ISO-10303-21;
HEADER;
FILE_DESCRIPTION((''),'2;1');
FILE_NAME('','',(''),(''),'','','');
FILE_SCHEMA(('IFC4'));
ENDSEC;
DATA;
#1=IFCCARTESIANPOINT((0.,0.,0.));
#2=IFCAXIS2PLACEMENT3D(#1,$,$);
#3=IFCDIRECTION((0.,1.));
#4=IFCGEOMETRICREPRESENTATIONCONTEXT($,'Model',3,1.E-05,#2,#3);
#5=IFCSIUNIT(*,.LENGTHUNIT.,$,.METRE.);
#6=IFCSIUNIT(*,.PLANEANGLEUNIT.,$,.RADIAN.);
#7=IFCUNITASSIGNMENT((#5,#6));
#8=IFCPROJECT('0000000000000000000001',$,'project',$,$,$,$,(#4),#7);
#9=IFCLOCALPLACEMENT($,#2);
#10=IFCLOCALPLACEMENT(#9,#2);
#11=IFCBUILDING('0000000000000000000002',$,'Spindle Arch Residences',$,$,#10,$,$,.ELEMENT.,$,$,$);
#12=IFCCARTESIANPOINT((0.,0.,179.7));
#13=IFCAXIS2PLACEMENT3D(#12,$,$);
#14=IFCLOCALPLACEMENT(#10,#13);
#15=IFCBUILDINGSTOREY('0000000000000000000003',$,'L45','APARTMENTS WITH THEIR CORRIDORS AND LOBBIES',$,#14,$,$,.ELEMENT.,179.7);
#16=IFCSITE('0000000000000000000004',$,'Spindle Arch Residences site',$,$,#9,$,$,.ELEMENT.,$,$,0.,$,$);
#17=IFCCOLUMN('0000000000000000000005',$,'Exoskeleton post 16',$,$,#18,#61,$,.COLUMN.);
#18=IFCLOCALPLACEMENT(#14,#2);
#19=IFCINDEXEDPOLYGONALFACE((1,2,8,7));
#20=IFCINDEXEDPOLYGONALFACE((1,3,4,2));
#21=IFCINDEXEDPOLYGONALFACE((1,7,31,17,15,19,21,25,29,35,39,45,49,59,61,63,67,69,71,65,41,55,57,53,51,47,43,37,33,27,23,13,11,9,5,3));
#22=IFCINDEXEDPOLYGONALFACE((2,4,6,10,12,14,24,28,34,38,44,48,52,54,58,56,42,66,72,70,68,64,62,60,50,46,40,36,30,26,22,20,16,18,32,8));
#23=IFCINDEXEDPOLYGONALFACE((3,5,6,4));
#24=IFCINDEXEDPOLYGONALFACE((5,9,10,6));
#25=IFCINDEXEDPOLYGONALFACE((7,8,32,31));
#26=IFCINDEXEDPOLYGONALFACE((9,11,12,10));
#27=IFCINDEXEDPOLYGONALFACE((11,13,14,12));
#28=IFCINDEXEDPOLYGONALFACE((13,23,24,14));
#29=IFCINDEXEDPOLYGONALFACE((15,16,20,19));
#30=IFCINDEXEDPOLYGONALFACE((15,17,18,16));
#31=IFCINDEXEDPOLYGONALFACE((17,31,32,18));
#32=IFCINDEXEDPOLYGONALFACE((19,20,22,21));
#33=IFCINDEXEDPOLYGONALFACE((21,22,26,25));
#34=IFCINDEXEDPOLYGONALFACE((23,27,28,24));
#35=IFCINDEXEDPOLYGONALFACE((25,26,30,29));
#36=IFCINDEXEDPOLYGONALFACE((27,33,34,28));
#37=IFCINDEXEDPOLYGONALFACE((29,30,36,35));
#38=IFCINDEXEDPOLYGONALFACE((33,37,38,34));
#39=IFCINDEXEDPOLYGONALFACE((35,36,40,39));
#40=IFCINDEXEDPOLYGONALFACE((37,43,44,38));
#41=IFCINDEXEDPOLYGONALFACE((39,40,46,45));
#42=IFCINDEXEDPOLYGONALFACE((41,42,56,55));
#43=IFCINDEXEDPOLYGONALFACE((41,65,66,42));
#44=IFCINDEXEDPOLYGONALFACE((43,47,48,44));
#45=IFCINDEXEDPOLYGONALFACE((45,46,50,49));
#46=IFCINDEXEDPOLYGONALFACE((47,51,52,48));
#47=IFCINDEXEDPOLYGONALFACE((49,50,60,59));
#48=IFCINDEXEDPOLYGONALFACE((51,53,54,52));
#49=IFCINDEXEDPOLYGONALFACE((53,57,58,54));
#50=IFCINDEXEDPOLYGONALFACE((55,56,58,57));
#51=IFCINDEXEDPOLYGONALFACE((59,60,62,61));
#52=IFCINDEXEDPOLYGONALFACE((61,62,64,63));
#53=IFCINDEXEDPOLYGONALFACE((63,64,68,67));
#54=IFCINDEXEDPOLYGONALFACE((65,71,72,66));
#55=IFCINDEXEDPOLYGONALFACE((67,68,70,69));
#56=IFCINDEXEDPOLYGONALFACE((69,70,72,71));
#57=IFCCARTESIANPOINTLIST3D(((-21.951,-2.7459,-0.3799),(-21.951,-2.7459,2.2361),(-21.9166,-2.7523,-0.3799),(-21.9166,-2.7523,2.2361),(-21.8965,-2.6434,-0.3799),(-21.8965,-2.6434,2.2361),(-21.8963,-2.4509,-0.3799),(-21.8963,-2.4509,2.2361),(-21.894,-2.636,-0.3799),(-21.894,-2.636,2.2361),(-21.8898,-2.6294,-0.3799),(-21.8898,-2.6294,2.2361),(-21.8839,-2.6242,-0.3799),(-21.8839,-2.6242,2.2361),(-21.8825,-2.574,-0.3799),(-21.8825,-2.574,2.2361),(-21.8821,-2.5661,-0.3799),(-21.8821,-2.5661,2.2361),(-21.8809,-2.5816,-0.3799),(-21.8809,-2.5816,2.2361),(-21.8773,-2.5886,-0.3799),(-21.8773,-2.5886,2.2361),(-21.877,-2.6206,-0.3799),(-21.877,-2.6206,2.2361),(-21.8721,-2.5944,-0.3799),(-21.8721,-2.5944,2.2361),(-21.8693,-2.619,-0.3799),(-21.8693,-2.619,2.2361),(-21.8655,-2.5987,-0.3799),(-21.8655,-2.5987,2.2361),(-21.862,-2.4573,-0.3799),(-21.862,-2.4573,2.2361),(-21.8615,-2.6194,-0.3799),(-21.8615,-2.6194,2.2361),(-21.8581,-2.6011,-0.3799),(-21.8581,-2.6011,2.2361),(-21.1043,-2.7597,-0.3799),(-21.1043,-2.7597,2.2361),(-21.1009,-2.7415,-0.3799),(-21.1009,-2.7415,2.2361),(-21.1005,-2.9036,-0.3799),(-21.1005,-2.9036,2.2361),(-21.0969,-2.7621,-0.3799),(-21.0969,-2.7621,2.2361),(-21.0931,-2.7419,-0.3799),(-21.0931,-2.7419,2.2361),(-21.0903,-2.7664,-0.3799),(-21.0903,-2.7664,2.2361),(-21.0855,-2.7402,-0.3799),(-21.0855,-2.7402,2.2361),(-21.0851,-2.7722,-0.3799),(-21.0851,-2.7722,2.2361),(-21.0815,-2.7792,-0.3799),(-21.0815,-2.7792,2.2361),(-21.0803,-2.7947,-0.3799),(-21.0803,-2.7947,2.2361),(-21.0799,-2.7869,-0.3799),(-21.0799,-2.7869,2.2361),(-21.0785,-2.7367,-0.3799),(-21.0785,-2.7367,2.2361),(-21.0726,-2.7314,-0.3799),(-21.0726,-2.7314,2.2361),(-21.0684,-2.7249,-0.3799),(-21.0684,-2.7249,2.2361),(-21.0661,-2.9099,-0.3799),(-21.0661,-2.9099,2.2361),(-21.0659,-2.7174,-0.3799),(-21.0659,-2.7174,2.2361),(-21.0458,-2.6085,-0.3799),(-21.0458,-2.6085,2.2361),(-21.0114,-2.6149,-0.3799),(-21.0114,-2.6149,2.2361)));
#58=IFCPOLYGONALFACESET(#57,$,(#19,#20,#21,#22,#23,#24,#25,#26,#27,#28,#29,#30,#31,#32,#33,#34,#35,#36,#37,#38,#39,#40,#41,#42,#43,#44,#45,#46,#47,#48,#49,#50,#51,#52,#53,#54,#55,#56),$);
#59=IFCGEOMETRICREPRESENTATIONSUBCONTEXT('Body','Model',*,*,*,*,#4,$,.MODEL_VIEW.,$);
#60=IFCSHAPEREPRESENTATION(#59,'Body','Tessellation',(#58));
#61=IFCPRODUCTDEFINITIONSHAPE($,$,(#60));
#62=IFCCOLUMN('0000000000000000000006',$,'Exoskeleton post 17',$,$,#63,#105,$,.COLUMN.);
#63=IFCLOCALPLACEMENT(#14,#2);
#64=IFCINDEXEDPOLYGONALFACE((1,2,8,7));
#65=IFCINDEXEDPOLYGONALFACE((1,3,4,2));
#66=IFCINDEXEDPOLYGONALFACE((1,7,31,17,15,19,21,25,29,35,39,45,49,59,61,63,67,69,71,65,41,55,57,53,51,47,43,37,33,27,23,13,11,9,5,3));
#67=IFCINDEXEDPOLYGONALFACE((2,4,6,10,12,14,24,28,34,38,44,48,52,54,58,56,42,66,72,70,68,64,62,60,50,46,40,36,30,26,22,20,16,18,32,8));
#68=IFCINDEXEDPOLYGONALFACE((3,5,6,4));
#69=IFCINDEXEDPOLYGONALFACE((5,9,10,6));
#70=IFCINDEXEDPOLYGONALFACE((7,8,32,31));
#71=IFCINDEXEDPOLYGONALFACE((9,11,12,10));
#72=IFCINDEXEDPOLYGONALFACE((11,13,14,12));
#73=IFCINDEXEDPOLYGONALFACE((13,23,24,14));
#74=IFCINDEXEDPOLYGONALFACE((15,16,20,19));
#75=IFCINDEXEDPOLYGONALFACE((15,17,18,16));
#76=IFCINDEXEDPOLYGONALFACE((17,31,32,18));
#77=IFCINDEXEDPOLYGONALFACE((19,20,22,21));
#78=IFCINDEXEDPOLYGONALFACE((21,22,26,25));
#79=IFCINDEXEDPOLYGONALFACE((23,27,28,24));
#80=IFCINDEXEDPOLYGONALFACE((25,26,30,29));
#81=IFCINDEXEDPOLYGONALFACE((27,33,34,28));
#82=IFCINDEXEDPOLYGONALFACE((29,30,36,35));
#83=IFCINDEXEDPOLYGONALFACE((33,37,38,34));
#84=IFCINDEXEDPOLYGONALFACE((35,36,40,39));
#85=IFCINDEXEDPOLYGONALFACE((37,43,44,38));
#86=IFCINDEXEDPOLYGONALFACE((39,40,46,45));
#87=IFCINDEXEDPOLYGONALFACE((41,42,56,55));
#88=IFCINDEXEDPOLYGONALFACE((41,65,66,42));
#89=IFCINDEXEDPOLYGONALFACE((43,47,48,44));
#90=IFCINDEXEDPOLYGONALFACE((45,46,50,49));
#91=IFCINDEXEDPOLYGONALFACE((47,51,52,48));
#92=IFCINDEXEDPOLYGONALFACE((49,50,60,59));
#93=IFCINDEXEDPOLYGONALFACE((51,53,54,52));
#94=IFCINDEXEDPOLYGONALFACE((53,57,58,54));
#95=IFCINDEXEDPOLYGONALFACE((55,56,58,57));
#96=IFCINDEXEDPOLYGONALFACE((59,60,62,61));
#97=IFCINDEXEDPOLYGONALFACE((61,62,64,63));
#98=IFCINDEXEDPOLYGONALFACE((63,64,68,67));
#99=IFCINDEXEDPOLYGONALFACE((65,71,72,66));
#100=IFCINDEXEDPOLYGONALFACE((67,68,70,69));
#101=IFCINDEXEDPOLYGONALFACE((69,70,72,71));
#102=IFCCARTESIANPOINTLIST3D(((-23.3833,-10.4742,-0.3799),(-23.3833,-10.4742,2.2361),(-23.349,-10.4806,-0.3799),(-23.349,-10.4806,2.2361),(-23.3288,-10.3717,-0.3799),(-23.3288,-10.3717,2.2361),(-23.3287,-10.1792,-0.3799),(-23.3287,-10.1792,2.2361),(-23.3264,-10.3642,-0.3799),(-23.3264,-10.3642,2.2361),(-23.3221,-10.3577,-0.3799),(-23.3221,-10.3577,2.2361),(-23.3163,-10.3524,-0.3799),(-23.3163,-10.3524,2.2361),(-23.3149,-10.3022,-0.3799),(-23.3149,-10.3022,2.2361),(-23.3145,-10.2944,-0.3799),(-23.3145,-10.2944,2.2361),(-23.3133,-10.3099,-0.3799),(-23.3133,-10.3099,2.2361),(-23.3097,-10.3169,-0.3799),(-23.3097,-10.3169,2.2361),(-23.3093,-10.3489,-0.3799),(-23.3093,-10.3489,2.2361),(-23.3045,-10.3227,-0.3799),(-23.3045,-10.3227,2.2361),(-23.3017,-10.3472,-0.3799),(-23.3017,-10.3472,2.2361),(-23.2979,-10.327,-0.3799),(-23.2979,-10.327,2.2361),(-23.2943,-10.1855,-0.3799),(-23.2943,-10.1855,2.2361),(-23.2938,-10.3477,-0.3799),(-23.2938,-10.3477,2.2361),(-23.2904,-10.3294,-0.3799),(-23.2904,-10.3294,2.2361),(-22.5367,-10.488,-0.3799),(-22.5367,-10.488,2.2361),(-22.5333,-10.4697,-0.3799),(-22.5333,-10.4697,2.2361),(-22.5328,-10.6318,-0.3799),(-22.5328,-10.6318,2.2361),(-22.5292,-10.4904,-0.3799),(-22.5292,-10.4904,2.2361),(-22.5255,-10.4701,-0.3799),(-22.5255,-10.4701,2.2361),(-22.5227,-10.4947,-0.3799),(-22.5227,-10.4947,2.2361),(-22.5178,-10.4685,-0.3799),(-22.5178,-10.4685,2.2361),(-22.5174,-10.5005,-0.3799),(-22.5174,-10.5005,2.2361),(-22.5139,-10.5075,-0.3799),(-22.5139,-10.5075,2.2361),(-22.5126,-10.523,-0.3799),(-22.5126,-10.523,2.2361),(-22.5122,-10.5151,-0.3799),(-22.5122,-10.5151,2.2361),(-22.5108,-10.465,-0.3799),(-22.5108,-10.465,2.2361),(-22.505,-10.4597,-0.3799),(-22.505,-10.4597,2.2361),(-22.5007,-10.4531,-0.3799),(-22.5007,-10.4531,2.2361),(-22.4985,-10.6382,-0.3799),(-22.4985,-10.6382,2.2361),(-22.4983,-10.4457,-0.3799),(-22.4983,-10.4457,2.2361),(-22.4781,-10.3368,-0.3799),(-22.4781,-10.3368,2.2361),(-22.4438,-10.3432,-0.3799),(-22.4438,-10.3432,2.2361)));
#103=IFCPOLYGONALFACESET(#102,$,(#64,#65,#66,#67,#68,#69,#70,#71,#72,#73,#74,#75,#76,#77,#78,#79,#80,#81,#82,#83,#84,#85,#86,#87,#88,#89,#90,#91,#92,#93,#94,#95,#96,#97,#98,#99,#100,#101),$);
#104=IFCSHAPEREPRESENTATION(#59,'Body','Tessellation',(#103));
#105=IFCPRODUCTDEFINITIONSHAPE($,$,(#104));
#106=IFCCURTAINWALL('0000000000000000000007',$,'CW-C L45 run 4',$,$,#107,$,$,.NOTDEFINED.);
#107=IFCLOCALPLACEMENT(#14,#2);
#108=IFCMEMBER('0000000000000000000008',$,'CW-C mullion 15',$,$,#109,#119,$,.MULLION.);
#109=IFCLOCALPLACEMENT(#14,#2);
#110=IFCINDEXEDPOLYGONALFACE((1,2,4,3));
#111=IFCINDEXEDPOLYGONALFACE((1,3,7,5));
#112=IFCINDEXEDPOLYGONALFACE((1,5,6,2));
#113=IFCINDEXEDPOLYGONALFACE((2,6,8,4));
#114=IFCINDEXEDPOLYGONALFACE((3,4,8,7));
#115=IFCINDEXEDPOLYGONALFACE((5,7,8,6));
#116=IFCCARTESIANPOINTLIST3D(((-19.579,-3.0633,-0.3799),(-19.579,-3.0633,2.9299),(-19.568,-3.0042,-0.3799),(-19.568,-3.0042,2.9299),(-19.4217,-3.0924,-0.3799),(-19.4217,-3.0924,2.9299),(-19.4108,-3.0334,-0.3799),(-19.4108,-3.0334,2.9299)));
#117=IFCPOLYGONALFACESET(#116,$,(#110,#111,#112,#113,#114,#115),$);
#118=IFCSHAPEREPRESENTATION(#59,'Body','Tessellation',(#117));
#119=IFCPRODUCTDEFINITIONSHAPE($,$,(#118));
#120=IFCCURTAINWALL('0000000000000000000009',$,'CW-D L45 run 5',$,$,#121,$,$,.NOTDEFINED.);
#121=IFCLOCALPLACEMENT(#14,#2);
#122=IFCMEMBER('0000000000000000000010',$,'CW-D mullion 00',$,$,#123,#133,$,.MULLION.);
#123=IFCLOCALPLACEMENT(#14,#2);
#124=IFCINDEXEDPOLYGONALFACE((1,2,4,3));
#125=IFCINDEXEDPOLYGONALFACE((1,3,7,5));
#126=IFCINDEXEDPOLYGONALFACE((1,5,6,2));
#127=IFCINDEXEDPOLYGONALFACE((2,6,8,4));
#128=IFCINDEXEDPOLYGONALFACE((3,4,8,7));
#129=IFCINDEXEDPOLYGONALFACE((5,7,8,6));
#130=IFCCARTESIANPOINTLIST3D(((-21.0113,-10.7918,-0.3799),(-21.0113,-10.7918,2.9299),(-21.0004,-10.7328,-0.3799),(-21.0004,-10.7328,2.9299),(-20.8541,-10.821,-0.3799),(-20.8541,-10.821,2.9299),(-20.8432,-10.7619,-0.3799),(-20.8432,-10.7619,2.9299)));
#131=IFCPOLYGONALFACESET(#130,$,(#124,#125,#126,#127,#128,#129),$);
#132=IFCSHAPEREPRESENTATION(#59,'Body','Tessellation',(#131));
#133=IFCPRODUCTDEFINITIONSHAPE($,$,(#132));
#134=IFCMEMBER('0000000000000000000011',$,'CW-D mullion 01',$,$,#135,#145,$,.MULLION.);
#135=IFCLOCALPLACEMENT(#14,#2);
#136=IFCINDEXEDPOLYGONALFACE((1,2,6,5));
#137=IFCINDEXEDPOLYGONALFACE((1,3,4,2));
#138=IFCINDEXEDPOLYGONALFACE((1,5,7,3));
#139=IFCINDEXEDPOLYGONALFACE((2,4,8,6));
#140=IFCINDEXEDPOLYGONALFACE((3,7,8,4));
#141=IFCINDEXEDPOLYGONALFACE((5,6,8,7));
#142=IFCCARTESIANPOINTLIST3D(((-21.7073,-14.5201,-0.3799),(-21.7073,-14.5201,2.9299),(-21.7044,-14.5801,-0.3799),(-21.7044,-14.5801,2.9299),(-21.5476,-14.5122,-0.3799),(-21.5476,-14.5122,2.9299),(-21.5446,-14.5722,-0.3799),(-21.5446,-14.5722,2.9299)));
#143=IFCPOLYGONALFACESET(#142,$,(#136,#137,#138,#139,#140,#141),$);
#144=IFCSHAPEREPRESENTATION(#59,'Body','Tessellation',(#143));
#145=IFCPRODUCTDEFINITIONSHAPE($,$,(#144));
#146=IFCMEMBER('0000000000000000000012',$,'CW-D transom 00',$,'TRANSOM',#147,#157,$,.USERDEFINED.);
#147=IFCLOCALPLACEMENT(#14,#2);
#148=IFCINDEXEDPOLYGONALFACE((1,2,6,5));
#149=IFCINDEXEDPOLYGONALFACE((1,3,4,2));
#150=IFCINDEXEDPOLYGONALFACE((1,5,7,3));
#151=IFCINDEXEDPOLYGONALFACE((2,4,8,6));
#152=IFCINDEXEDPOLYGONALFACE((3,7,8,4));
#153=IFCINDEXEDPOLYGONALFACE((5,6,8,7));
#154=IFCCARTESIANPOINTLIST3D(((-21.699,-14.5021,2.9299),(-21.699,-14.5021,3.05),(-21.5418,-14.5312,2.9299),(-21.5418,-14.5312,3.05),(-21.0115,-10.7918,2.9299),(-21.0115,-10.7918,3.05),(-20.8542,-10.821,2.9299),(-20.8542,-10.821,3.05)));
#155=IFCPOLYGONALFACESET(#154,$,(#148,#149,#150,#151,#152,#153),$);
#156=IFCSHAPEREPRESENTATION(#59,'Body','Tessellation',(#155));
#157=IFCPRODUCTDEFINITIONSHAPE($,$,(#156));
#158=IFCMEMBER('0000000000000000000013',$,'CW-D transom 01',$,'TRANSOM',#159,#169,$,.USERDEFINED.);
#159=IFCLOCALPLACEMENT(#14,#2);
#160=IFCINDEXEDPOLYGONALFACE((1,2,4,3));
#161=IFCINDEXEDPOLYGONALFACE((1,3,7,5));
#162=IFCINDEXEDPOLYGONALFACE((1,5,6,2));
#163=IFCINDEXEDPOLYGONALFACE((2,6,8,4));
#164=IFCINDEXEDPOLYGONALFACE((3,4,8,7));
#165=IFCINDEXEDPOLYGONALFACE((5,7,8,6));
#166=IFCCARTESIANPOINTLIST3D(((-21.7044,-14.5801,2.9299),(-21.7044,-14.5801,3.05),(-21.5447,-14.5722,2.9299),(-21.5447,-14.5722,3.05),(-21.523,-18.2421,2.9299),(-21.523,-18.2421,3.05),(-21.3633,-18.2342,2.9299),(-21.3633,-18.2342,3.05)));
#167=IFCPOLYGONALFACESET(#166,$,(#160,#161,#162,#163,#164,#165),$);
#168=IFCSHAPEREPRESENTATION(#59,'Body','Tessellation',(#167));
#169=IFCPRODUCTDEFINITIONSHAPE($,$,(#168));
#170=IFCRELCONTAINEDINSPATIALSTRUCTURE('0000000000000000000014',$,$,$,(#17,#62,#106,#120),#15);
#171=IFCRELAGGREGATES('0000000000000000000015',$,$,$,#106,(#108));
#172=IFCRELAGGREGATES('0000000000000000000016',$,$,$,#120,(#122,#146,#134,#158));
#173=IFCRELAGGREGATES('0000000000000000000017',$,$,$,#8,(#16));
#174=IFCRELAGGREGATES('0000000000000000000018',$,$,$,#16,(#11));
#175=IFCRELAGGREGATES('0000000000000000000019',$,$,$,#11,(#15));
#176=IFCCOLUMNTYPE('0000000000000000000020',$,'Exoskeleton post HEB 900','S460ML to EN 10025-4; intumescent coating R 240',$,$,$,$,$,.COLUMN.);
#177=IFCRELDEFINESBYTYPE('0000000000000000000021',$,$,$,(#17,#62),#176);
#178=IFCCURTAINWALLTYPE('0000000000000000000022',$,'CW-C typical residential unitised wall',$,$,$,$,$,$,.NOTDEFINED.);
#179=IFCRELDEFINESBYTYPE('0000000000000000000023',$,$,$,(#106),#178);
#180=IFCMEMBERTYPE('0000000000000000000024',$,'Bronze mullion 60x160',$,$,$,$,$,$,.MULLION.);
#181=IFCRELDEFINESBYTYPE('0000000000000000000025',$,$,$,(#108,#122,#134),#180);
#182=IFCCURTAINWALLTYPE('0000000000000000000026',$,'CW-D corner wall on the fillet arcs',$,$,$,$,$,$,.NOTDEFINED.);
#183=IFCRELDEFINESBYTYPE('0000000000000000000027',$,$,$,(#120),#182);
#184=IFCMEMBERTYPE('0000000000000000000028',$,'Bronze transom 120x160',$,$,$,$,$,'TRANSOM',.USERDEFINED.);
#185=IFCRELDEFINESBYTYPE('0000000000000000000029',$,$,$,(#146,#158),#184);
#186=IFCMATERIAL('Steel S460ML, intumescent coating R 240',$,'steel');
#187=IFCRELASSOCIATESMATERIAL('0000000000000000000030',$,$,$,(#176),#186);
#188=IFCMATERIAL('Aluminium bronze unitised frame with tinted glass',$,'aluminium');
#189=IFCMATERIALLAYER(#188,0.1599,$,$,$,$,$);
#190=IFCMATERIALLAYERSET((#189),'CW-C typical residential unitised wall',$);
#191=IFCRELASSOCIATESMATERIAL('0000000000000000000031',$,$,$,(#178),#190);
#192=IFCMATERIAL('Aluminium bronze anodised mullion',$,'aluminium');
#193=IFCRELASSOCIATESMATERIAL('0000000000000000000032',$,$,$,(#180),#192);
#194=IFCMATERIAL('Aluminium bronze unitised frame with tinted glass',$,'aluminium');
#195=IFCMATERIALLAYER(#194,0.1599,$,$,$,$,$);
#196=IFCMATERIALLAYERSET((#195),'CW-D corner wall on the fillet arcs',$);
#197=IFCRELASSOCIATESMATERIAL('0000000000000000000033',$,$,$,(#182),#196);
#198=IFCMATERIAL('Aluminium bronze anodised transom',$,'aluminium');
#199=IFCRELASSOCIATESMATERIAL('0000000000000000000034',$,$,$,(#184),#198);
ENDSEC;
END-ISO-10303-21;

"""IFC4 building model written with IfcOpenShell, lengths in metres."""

from ifc_helpers import new_model, si_unit, direction, frame, origin, origin_2d, place, context, subcontext, project, spatial, rectangle, i_section, extrude, material, layer, layer_set, material_profile, profile_set, type_object, element, aggregate, save


model = new_model("IFC4")

# Units and contexts
model_context = context("Model", 3, precision=1e-05, world=origin(), true_north=direction((0.0, 1.0)))
body_context = subcontext(model_context, "Body", "Model", "MODEL_VIEW")
ifc_project = project(units=[si_unit("LENGTHUNIT", "METRE"), si_unit("PLANEANGLEUNIT", "RADIAN")], contexts=[model_context])

# Site, building, storey
site_placement = place(None, origin())
site = spatial("IfcSite", under=ifc_project, at=site_placement, Name="Spindle Arch Residences site", CompositionType="ELEMENT", RefElevation=0.0)
building_placement = place(site_placement, origin())
building = spatial("IfcBuilding", under=site, at=building_placement, Name="Spindle Arch Residences", CompositionType="ELEMENT")
storey_placement = place(building_placement, frame((0.0, 0.0, 179.7)))
storey = spatial("IfcBuildingStorey", under=building, at=storey_placement, Name="L45", Description="APARTMENTS WITH THEIR CORRIDORS AND LOBBIES", CompositionType="ELEMENT", Elevation=179.7)

# Columns
ifc_material_1 = material(Name="Steel S460ML, intumescent coating R 240", Category="steel")
ifc_material_profile_1 = material_profile(ifc_material_1, i_section(OverallWidth=0.3, OverallDepth=0.8999, WebThickness=0.0186, FlangeThickness=0.0349, FilletRadius=0.03, at=origin_2d()), Name="HEB 900")
ifc_profile_set_1 = profile_set([ifc_material_profile_1], Name="Steel S460ML, intumescent coating R 240")
column_type = type_object("IfcColumnType", Name="Exoskeleton post HEB 900", Description="S460ML to EN 10025-4; intumescent coating R 240", PredefinedType="COLUMN", material=ifc_profile_set_1)
for number, where, z_axis, x_axis, name in (
    (1, (-21.4812, -2.6804, -0.3799), (0.0, 0.0, 1.0), (0.182236, 0.983255, 0.0), "Exoskeleton post 16"),
    (2, (-22.9136, -10.4087, -0.3799), (0.0, 0.0, 1.0), (0.182236, 0.983255, 0.0), "Exoskeleton post 17"),
):
    element("IfcColumn", number, at=place(storey_placement, frame(where, z_axis=z_axis, x_axis=x_axis)), inside=storey, type_object=column_type, Name=name, PredefinedType="COLUMN", context=body_context, shape_type="SweptSolid", body=[
        extrude(i_section(OverallWidth=0.3, OverallDepth=0.8999, WebThickness=0.0186, FlangeThickness=0.0349, FilletRadius=0.03, at=origin_2d()), origin(), (0.0, 0.0, 1.0), 2.616),
    ])

# Curtain wall, member
ifc_material_2 = material(Name="Aluminium bronze unitised frame with tinted glass", Category="aluminium")
ifc_layer_1 = layer(ifc_material_2, 0.1599)
ifc_layer_set_1 = layer_set([ifc_layer_1], Name="CW-C typical residential unitised wall")
curtain_wall_type_1 = type_object("IfcCurtainWallType", Name="CW-C typical residential unitised wall", PredefinedType="NOTDEFINED", material=ifc_layer_set_1)
curtain_wall_1_placement = place(storey_placement, origin())
curtain_wall_1 = element("IfcCurtainWall", 3, at=curtain_wall_1_placement, inside=storey, type_object=curtain_wall_type_1, Name="CW-C L45 run 4", PredefinedType="NOTDEFINED")
ifc_material_3 = material(Name="Aluminium bronze anodised mullion", Category="aluminium")
ifc_material_profile_2 = material_profile(ifc_material_3, rectangle(XDim=0.1599, YDim=0.0601, at=origin_2d()), Name="MU 60x160")
ifc_profile_set_2 = profile_set([ifc_material_profile_2], Name="Aluminium bronze anodised mullion")
member_type_1 = type_object("IfcMemberType", Name="Bronze mullion 60x160", PredefinedType="MULLION", material=ifc_profile_set_2)
member_1_placement = place(storey_placement, frame((-19.4949, -3.0483, -0.3799), z_axis=(0.0, 0.0, 1.0), x_axis=(0.983255, -0.182236, 0.0)))
member_1 = element("IfcMember", 4, at=member_1_placement, type_object=member_type_1, Name="CW-C mullion 15", PredefinedType="MULLION", context=body_context, shape_type="SweptSolid", body=[
    extrude(rectangle(XDim=0.1599, YDim=0.0601, at=origin_2d()), origin(), (0.0, 0.0, 1.0), 3.3098),
])

# Curtain wall, members
ifc_material_4 = material(Name="Aluminium bronze unitised frame with tinted glass", Category="aluminium")
ifc_layer_2 = layer(ifc_material_4, 0.1599)
ifc_layer_set_2 = layer_set([ifc_layer_2], Name="CW-D corner wall on the fillet arcs")
curtain_wall_type_2 = type_object("IfcCurtainWallType", Name="CW-D corner wall on the fillet arcs", PredefinedType="NOTDEFINED", material=ifc_layer_set_2)
curtain_wall_2_placement = place(storey_placement, origin())
curtain_wall_2 = element("IfcCurtainWall", 5, at=curtain_wall_2_placement, inside=storey, type_object=curtain_wall_type_2, Name="CW-D L45 run 5", PredefinedType="NOTDEFINED")
member_2_placement = place(storey_placement, frame((-20.9272, -10.7769, -0.3799), z_axis=(0.0, 0.0, 1.0), x_axis=(0.983255, -0.182236, 0.0)))
member_2 = element("IfcMember", 6, at=member_2_placement, type_object=member_type_1, Name="CW-D mullion 00", PredefinedType="MULLION", context=body_context, shape_type="SweptSolid", body=[
    extrude(rectangle(XDim=0.1599, YDim=0.0601, at=origin_2d()), origin(), (0.0, 0.0, 1.0), 3.3098),
])
member_3_placement = place(storey_placement, frame((-21.626, -14.5461, -0.3799), z_axis=(0.0, 0.0, 1.0), x_axis=(0.998778, 0.049431, 0.0)))
member_3 = element("IfcMember", 7, at=member_3_placement, type_object=member_type_1, Name="CW-D mullion 01", PredefinedType="MULLION", context=body_context, shape_type="SweptSolid", body=[
    extrude(rectangle(XDim=0.1599, YDim=0.0601, at=origin_2d()), origin(), (0.0, 0.0, 1.0), 3.3098),
])
ifc_material_5 = material(Name="Aluminium bronze anodised transom", Category="aluminium")
ifc_material_profile_3 = material_profile(ifc_material_5, rectangle(XDim=0.1599, YDim=0.1201, at=origin_2d()), Name="TR 120x160")
ifc_profile_set_3 = profile_set([ifc_material_profile_3], Name="Aluminium bronze anodised transom")
member_type_2 = type_object("IfcMemberType", Name="Bronze transom 120x160", ElementType="TRANSOM", PredefinedType="USERDEFINED", material=ifc_profile_set_3)
member_4_placement = place(storey_placement, frame((-20.9329, -10.8064, 2.99), z_axis=(-0.182198, -0.983262, 0.0), x_axis=(0.983262, -0.182198, 0.0)))
member_4 = element("IfcMember", 8, at=member_4_placement, type_object=member_type_2, Name="CW-D transom 00", ObjectType="TRANSOM", PredefinedType="USERDEFINED", context=body_context, shape_type="SweptSolid", body=[
    extrude(rectangle(XDim=0.1599, YDim=0.1201, at=origin_2d()), origin(), (0.0, 0.0, 1.0), 3.7734),
])
member_5_placement = place(storey_placement, frame((-21.6245, -14.5762, 2.99), z_axis=(0.049473, -0.998775, 0.0), x_axis=(0.998775, 0.049473, 0.0)))
member_5 = element("IfcMember", 9, at=member_5_placement, type_object=member_type_2, Name="CW-D transom 01", ObjectType="TRANSOM", PredefinedType="USERDEFINED", context=body_context, shape_type="SweptSolid", body=[
    extrude(rectangle(XDim=0.1599, YDim=0.1201, at=origin_2d()), origin(), (0.0, 0.0, 1.0), 3.6665),
])

aggregate(curtain_wall_1, [member_1])
aggregate(curtain_wall_2, [member_2, member_4, member_3, member_5])

save(model, "model.ifc")
